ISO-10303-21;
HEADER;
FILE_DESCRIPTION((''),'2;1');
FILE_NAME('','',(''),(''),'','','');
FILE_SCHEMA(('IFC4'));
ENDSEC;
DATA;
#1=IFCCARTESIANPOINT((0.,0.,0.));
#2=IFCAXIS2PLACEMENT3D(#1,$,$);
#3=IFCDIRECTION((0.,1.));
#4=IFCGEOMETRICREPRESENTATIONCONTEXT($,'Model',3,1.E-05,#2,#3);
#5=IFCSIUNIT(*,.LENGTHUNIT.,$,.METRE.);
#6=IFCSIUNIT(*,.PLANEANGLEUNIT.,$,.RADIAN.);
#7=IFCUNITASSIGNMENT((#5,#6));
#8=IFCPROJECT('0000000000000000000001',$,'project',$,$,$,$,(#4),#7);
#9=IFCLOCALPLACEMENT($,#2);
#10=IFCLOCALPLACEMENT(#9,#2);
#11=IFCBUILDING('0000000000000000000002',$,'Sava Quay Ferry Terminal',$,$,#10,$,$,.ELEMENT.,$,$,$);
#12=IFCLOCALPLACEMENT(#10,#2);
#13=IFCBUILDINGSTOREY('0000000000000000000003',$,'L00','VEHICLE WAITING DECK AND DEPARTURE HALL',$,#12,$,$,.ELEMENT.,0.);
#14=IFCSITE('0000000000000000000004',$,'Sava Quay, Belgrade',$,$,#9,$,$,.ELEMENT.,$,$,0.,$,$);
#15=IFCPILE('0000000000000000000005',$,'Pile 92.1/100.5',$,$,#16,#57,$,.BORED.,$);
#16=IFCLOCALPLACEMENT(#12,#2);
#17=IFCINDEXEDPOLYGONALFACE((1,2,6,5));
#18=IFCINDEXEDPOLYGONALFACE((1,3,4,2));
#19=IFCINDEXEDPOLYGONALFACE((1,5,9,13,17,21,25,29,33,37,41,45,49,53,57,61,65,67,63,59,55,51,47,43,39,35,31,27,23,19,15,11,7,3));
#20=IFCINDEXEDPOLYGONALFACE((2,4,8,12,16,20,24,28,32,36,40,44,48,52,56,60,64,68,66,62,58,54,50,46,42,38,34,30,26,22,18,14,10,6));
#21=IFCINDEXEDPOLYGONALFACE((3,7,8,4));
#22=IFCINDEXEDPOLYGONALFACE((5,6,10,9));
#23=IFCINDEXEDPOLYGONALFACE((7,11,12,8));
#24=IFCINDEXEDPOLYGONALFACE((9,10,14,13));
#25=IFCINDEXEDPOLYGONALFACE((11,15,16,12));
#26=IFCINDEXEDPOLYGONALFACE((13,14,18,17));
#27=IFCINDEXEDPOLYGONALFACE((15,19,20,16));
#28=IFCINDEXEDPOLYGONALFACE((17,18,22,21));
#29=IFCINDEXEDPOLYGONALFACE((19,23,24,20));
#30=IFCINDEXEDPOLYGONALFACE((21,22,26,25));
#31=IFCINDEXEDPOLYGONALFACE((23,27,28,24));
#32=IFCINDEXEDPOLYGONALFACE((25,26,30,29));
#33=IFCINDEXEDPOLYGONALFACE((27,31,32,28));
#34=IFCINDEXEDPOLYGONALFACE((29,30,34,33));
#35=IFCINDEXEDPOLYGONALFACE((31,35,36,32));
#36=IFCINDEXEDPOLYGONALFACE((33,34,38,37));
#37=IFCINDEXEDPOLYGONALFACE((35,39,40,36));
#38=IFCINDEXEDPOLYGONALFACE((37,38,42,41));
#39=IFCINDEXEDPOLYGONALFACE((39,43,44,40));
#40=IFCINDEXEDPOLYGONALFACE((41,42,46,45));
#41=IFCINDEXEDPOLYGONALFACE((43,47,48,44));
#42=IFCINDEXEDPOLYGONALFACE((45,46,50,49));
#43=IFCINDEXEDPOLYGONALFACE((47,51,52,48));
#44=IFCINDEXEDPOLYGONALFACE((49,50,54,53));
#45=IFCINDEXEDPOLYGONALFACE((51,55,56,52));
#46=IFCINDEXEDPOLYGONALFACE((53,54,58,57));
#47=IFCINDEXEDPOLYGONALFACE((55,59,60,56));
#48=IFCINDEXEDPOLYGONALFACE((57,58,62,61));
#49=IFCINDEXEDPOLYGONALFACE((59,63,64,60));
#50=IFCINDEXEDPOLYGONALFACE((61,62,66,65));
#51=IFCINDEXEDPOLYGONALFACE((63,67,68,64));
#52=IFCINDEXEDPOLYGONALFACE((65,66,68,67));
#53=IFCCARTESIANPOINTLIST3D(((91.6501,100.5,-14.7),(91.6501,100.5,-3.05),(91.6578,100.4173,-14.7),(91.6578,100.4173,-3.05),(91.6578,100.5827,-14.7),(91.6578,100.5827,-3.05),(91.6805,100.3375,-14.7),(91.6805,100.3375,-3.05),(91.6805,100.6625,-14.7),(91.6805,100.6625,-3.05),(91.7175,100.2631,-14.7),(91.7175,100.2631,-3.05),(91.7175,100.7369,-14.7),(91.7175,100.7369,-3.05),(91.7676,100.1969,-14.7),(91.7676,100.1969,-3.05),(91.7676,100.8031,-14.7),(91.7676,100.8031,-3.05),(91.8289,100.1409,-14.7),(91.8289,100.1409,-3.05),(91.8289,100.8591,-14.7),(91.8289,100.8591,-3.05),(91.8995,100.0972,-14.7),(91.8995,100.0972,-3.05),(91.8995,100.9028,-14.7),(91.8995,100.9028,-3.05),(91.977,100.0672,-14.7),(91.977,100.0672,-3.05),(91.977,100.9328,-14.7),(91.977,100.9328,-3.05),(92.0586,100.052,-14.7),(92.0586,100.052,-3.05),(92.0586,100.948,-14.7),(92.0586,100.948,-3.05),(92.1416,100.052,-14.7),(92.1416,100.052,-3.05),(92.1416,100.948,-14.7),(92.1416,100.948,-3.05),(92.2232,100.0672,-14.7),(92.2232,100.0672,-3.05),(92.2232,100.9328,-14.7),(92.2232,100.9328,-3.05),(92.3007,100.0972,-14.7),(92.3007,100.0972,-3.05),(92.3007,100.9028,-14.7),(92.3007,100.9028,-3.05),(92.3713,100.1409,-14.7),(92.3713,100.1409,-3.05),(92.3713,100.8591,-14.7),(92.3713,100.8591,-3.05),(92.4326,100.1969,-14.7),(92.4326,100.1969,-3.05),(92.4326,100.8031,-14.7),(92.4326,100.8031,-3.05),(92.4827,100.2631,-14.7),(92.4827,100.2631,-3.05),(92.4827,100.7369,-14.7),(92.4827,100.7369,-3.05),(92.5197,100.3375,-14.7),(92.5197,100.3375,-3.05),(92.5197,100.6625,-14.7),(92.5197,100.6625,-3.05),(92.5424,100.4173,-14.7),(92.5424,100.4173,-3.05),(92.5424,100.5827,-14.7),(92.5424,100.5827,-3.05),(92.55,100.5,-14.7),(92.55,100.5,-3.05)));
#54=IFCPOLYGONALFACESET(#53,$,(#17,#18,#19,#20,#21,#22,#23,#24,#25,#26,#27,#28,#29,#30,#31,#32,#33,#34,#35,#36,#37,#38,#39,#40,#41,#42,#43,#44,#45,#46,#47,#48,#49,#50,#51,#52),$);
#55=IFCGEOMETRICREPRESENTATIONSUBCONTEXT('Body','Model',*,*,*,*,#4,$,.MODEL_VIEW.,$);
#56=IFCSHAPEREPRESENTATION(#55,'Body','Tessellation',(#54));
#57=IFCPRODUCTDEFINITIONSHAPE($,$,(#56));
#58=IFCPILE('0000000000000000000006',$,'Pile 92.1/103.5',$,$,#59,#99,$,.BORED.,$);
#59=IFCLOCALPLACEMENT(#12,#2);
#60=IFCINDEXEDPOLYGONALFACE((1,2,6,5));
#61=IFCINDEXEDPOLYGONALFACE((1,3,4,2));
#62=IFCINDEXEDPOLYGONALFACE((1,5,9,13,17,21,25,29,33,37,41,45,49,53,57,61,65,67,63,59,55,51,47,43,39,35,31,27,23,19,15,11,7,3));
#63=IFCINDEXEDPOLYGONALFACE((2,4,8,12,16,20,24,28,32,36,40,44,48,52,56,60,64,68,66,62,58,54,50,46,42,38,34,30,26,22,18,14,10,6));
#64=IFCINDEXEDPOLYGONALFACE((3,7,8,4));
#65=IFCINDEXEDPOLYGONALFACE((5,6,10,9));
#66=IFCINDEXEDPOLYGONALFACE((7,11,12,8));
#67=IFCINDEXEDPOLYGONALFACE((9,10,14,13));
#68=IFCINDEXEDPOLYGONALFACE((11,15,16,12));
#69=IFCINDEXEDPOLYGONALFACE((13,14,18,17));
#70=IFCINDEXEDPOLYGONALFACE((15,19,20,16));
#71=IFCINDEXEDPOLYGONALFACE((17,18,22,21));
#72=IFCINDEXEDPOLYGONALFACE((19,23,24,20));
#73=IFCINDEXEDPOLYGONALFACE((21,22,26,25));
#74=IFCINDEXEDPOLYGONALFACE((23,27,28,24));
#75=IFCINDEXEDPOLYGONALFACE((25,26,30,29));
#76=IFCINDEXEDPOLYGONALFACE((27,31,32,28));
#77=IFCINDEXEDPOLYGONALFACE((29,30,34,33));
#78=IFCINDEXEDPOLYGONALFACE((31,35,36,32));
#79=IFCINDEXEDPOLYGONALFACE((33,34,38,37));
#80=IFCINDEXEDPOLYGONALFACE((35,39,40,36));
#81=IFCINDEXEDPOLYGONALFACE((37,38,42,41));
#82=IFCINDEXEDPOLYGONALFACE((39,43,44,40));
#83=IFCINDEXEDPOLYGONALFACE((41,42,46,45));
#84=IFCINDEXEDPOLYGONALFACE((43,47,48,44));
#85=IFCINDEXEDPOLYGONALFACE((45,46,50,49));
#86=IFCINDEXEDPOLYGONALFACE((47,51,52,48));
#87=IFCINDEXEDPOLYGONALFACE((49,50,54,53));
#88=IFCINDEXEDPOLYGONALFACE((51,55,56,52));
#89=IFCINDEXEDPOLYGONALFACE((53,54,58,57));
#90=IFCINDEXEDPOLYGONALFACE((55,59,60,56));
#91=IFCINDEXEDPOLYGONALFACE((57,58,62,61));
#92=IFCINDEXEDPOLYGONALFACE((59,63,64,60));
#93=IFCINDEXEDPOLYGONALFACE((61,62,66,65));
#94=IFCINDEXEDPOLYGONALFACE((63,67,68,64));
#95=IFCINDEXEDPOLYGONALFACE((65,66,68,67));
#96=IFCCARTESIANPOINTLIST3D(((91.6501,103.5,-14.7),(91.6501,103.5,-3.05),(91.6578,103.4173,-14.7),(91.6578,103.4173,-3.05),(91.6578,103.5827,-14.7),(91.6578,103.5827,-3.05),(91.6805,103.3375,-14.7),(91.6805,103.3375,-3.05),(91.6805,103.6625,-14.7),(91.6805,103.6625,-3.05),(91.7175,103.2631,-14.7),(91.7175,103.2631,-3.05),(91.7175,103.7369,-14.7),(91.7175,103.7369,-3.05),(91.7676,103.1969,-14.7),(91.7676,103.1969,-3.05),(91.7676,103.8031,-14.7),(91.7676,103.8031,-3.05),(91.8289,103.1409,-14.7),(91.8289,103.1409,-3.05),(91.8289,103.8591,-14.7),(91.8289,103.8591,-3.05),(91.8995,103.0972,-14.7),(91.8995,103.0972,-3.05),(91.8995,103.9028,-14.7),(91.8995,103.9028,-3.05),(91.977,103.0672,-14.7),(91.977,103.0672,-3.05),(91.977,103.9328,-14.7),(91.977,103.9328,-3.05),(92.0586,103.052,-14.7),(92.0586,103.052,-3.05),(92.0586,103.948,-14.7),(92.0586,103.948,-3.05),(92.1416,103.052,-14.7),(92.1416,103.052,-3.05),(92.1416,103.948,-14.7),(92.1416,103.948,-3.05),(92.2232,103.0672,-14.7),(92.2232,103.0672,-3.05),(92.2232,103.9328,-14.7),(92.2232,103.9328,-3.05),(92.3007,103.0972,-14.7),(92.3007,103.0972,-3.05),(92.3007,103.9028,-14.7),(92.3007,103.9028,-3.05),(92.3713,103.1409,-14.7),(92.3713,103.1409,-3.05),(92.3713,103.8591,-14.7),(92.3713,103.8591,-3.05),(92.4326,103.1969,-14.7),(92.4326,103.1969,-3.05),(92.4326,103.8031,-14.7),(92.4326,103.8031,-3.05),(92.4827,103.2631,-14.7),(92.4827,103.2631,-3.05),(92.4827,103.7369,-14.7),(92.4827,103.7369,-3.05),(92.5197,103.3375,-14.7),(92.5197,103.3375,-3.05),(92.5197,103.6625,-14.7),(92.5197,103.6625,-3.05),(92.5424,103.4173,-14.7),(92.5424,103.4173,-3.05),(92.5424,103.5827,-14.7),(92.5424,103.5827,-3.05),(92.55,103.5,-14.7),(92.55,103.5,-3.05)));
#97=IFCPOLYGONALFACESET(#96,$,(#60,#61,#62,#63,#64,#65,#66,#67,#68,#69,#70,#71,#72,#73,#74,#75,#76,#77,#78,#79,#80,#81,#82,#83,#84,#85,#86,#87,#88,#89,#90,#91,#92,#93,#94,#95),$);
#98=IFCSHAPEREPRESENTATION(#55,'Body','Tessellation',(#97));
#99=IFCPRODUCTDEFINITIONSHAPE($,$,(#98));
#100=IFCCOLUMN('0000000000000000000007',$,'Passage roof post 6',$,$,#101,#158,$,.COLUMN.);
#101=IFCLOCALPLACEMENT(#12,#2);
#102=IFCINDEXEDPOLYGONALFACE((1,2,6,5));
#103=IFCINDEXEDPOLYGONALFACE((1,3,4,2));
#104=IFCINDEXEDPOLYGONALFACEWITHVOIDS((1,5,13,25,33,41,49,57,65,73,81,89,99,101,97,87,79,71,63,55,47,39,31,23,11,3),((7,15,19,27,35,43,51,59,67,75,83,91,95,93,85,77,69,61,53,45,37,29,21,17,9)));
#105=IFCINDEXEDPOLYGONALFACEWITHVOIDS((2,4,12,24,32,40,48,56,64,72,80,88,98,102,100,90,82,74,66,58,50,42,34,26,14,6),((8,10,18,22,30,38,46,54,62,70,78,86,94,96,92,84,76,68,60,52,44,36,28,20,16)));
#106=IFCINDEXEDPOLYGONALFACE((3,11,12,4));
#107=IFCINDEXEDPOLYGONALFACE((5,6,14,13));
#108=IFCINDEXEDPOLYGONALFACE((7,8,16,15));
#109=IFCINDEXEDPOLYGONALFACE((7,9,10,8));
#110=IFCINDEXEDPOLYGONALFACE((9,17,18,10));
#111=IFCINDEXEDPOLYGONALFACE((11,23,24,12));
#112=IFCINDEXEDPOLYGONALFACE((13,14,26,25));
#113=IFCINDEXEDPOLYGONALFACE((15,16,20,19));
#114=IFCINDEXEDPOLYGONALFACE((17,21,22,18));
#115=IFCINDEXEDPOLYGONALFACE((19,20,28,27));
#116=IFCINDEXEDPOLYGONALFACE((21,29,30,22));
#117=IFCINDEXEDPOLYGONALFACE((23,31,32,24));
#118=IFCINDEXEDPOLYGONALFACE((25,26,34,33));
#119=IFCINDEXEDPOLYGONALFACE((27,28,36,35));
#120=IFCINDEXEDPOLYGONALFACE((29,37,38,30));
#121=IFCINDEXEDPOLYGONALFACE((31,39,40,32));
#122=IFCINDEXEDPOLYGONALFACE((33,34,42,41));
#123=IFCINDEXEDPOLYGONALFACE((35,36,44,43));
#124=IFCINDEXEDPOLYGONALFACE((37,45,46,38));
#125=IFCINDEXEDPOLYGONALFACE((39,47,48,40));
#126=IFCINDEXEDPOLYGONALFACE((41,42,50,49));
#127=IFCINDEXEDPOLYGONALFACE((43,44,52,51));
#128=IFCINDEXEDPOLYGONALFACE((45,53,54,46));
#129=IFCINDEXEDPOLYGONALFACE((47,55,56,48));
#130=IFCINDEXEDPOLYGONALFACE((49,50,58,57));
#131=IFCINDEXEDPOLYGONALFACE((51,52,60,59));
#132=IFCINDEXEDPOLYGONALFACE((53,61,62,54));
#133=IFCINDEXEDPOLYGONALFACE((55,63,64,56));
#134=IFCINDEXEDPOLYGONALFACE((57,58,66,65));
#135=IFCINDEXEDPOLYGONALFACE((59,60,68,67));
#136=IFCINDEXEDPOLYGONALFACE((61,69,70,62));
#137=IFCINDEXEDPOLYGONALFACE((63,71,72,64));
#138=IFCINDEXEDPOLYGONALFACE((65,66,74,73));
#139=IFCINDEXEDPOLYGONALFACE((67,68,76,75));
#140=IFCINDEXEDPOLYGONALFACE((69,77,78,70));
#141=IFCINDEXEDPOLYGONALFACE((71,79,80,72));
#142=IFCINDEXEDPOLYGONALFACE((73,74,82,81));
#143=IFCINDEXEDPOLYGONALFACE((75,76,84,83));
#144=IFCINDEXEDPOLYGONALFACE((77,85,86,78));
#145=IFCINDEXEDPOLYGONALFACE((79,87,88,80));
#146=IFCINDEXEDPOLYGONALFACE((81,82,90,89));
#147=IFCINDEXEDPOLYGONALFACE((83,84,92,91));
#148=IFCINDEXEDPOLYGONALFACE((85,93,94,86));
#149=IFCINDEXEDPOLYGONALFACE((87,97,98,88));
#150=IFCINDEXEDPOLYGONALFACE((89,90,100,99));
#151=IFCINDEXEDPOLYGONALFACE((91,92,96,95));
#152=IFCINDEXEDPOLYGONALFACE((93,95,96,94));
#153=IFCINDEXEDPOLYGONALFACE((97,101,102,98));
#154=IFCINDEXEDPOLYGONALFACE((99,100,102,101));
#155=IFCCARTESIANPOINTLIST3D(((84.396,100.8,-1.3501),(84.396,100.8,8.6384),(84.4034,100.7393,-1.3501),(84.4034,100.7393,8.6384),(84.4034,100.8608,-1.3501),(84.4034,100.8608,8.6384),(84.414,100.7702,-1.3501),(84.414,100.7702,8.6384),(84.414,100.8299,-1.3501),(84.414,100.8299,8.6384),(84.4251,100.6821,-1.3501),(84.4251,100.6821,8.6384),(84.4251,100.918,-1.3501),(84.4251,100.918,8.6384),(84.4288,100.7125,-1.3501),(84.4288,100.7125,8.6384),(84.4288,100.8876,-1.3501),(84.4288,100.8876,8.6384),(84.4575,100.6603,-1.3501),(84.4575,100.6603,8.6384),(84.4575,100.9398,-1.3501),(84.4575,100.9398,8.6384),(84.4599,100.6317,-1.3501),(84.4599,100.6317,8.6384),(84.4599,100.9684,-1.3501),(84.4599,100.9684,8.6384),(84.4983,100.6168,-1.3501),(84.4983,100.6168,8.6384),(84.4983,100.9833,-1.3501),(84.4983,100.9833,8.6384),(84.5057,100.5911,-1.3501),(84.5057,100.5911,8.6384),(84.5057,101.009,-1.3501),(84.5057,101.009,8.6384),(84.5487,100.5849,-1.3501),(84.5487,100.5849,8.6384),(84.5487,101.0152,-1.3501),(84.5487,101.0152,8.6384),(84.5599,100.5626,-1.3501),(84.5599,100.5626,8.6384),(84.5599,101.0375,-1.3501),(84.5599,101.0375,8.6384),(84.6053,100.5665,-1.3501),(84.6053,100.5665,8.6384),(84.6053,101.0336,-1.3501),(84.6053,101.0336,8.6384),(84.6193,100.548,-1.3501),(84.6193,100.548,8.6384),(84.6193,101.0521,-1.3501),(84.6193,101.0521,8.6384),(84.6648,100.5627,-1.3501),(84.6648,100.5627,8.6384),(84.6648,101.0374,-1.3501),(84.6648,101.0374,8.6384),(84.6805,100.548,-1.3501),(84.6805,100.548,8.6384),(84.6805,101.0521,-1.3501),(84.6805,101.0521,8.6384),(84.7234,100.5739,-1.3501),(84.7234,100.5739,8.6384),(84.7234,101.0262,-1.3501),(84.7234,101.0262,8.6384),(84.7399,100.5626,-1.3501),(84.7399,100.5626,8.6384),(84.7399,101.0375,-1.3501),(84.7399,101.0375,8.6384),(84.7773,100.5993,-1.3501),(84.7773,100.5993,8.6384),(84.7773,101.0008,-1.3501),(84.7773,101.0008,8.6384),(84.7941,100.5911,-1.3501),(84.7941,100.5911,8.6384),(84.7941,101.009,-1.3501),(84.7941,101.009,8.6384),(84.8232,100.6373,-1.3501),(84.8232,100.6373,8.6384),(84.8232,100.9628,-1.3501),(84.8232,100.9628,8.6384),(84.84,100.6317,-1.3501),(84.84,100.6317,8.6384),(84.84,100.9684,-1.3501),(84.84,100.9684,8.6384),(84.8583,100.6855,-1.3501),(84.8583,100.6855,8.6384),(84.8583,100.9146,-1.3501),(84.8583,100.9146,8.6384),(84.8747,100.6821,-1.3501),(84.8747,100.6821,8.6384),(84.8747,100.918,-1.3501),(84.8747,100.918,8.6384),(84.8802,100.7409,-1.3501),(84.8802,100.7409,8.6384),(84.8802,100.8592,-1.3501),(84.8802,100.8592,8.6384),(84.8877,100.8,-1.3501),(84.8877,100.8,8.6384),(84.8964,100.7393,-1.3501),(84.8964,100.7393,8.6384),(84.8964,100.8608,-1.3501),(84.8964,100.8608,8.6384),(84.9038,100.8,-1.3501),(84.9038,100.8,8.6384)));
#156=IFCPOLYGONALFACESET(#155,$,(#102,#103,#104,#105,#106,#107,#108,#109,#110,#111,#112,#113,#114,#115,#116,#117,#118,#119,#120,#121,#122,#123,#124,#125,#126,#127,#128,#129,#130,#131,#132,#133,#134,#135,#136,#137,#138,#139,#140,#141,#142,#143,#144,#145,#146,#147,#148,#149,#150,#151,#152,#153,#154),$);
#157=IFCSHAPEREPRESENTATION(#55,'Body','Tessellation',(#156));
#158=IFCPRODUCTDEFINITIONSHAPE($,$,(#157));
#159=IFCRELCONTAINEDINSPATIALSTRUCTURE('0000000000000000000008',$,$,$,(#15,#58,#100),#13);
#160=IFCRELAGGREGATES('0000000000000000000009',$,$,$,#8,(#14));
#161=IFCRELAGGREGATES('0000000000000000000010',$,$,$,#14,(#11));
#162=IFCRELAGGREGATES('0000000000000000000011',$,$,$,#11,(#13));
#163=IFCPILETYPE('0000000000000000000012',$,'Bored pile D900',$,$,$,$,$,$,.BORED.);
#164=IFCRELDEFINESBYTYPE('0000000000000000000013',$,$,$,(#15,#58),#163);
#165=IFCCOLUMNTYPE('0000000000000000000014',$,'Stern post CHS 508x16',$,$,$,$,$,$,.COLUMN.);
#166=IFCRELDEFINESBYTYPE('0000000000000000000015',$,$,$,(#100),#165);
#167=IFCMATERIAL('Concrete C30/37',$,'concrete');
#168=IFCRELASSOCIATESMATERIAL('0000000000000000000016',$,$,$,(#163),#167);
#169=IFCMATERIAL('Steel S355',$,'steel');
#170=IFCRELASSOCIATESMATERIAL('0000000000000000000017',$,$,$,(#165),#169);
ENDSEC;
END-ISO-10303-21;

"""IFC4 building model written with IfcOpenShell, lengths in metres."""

from ifc_helpers import new_model, si_unit, direction, frame, origin, origin_2d, place, context, subcontext, project, spatial, circle, hollow_circle, extrude, material, material_profile, profile_set, type_object, element, save


model = new_model("IFC4")

# Units and contexts
model_context = context("Model", 3, precision=1e-05, world=origin(), true_north=direction((0.0, 1.0)))
body_context = subcontext(model_context, "Body", "Model", "MODEL_VIEW")
ifc_project = project(units=[si_unit("LENGTHUNIT", "METRE"), si_unit("PLANEANGLEUNIT", "RADIAN")], contexts=[model_context])

# Site, building, storey
site_placement = place(None, origin())
site = spatial("IfcSite", under=ifc_project, at=site_placement, Name="Sava Quay, Belgrade", CompositionType="ELEMENT", RefElevation=0.0)
building_placement = place(site_placement, origin())
building = spatial("IfcBuilding", under=site, at=building_placement, Name="Sava Quay Ferry Terminal", CompositionType="ELEMENT")
storey_placement = place(building_placement, origin())
storey = spatial("IfcBuildingStorey", under=building, at=storey_placement, Name="L00", Description="VEHICLE WAITING DECK AND DEPARTURE HALL", CompositionType="ELEMENT", Elevation=0.0)

# Piles
ifc_material_1 = material(Name="Concrete C30/37", Category="concrete")
ifc_material_profile_1 = material_profile(ifc_material_1, circle(Radius=0.45, at=origin_2d()), Name="Bored pile D900")
ifc_profile_set_1 = profile_set([ifc_material_profile_1], Name="Concrete C30/37")
pile_type = type_object("IfcPileType", Name="Bored pile D900", PredefinedType="BORED", material=ifc_profile_set_1)
for number, where, z_axis, x_axis, name in (
    (1, (92.1001, 100.5, -3.05), (0.0, 0.0, -1.0), (1.0, 0.0, 0.0), "Pile 92.1/100.5"),
    (2, (92.1001, 103.5, -3.05), (0.0, 0.0, -1.0), (1.0, 0.0, 0.0), "Pile 92.1/103.5"),
):
    element("IfcPile", number, at=place(storey_placement, frame(where, z_axis=z_axis, x_axis=x_axis)), inside=storey, type_object=pile_type, Name=name, PredefinedType="BORED", context=body_context, shape_type="SweptSolid", body=[
        extrude(circle(Radius=0.45, at=origin_2d()), origin(), (0.0, 0.0, 1.0), 11.6499),
    ])

# Column
ifc_material_2 = material(Name="Steel S355", Category="steel")
ifc_material_profile_2 = material_profile(ifc_material_2, hollow_circle(Radius=0.2539, WallThickness=0.0161, at=origin_2d()), Name="CHS 508 x 16.0")
ifc_profile_set_2 = profile_set([ifc_material_profile_2], Name="Steel S355")
column_type_1 = type_object("IfcColumnType", Name="Stern post CHS 508x16", PredefinedType="COLUMN", material=ifc_profile_set_2)
column_1_placement = place(storey_placement, frame((84.6499, 100.8, -1.3501), z_axis=(0.0, 0.0, 1.0), x_axis=(1.0, 0.0, 0.0)))
element("IfcColumn", 3, at=column_1_placement, inside=storey, type_object=column_type_1, Name="Passage roof post 6", PredefinedType="COLUMN", context=body_context, shape_type="SweptSolid", body=[
    extrude(hollow_circle(Radius=0.2539, WallThickness=0.0161, at=origin_2d()), origin(), (0.0, 0.0, 1.0), 9.9885),
])

save(model, "model.ifc")
